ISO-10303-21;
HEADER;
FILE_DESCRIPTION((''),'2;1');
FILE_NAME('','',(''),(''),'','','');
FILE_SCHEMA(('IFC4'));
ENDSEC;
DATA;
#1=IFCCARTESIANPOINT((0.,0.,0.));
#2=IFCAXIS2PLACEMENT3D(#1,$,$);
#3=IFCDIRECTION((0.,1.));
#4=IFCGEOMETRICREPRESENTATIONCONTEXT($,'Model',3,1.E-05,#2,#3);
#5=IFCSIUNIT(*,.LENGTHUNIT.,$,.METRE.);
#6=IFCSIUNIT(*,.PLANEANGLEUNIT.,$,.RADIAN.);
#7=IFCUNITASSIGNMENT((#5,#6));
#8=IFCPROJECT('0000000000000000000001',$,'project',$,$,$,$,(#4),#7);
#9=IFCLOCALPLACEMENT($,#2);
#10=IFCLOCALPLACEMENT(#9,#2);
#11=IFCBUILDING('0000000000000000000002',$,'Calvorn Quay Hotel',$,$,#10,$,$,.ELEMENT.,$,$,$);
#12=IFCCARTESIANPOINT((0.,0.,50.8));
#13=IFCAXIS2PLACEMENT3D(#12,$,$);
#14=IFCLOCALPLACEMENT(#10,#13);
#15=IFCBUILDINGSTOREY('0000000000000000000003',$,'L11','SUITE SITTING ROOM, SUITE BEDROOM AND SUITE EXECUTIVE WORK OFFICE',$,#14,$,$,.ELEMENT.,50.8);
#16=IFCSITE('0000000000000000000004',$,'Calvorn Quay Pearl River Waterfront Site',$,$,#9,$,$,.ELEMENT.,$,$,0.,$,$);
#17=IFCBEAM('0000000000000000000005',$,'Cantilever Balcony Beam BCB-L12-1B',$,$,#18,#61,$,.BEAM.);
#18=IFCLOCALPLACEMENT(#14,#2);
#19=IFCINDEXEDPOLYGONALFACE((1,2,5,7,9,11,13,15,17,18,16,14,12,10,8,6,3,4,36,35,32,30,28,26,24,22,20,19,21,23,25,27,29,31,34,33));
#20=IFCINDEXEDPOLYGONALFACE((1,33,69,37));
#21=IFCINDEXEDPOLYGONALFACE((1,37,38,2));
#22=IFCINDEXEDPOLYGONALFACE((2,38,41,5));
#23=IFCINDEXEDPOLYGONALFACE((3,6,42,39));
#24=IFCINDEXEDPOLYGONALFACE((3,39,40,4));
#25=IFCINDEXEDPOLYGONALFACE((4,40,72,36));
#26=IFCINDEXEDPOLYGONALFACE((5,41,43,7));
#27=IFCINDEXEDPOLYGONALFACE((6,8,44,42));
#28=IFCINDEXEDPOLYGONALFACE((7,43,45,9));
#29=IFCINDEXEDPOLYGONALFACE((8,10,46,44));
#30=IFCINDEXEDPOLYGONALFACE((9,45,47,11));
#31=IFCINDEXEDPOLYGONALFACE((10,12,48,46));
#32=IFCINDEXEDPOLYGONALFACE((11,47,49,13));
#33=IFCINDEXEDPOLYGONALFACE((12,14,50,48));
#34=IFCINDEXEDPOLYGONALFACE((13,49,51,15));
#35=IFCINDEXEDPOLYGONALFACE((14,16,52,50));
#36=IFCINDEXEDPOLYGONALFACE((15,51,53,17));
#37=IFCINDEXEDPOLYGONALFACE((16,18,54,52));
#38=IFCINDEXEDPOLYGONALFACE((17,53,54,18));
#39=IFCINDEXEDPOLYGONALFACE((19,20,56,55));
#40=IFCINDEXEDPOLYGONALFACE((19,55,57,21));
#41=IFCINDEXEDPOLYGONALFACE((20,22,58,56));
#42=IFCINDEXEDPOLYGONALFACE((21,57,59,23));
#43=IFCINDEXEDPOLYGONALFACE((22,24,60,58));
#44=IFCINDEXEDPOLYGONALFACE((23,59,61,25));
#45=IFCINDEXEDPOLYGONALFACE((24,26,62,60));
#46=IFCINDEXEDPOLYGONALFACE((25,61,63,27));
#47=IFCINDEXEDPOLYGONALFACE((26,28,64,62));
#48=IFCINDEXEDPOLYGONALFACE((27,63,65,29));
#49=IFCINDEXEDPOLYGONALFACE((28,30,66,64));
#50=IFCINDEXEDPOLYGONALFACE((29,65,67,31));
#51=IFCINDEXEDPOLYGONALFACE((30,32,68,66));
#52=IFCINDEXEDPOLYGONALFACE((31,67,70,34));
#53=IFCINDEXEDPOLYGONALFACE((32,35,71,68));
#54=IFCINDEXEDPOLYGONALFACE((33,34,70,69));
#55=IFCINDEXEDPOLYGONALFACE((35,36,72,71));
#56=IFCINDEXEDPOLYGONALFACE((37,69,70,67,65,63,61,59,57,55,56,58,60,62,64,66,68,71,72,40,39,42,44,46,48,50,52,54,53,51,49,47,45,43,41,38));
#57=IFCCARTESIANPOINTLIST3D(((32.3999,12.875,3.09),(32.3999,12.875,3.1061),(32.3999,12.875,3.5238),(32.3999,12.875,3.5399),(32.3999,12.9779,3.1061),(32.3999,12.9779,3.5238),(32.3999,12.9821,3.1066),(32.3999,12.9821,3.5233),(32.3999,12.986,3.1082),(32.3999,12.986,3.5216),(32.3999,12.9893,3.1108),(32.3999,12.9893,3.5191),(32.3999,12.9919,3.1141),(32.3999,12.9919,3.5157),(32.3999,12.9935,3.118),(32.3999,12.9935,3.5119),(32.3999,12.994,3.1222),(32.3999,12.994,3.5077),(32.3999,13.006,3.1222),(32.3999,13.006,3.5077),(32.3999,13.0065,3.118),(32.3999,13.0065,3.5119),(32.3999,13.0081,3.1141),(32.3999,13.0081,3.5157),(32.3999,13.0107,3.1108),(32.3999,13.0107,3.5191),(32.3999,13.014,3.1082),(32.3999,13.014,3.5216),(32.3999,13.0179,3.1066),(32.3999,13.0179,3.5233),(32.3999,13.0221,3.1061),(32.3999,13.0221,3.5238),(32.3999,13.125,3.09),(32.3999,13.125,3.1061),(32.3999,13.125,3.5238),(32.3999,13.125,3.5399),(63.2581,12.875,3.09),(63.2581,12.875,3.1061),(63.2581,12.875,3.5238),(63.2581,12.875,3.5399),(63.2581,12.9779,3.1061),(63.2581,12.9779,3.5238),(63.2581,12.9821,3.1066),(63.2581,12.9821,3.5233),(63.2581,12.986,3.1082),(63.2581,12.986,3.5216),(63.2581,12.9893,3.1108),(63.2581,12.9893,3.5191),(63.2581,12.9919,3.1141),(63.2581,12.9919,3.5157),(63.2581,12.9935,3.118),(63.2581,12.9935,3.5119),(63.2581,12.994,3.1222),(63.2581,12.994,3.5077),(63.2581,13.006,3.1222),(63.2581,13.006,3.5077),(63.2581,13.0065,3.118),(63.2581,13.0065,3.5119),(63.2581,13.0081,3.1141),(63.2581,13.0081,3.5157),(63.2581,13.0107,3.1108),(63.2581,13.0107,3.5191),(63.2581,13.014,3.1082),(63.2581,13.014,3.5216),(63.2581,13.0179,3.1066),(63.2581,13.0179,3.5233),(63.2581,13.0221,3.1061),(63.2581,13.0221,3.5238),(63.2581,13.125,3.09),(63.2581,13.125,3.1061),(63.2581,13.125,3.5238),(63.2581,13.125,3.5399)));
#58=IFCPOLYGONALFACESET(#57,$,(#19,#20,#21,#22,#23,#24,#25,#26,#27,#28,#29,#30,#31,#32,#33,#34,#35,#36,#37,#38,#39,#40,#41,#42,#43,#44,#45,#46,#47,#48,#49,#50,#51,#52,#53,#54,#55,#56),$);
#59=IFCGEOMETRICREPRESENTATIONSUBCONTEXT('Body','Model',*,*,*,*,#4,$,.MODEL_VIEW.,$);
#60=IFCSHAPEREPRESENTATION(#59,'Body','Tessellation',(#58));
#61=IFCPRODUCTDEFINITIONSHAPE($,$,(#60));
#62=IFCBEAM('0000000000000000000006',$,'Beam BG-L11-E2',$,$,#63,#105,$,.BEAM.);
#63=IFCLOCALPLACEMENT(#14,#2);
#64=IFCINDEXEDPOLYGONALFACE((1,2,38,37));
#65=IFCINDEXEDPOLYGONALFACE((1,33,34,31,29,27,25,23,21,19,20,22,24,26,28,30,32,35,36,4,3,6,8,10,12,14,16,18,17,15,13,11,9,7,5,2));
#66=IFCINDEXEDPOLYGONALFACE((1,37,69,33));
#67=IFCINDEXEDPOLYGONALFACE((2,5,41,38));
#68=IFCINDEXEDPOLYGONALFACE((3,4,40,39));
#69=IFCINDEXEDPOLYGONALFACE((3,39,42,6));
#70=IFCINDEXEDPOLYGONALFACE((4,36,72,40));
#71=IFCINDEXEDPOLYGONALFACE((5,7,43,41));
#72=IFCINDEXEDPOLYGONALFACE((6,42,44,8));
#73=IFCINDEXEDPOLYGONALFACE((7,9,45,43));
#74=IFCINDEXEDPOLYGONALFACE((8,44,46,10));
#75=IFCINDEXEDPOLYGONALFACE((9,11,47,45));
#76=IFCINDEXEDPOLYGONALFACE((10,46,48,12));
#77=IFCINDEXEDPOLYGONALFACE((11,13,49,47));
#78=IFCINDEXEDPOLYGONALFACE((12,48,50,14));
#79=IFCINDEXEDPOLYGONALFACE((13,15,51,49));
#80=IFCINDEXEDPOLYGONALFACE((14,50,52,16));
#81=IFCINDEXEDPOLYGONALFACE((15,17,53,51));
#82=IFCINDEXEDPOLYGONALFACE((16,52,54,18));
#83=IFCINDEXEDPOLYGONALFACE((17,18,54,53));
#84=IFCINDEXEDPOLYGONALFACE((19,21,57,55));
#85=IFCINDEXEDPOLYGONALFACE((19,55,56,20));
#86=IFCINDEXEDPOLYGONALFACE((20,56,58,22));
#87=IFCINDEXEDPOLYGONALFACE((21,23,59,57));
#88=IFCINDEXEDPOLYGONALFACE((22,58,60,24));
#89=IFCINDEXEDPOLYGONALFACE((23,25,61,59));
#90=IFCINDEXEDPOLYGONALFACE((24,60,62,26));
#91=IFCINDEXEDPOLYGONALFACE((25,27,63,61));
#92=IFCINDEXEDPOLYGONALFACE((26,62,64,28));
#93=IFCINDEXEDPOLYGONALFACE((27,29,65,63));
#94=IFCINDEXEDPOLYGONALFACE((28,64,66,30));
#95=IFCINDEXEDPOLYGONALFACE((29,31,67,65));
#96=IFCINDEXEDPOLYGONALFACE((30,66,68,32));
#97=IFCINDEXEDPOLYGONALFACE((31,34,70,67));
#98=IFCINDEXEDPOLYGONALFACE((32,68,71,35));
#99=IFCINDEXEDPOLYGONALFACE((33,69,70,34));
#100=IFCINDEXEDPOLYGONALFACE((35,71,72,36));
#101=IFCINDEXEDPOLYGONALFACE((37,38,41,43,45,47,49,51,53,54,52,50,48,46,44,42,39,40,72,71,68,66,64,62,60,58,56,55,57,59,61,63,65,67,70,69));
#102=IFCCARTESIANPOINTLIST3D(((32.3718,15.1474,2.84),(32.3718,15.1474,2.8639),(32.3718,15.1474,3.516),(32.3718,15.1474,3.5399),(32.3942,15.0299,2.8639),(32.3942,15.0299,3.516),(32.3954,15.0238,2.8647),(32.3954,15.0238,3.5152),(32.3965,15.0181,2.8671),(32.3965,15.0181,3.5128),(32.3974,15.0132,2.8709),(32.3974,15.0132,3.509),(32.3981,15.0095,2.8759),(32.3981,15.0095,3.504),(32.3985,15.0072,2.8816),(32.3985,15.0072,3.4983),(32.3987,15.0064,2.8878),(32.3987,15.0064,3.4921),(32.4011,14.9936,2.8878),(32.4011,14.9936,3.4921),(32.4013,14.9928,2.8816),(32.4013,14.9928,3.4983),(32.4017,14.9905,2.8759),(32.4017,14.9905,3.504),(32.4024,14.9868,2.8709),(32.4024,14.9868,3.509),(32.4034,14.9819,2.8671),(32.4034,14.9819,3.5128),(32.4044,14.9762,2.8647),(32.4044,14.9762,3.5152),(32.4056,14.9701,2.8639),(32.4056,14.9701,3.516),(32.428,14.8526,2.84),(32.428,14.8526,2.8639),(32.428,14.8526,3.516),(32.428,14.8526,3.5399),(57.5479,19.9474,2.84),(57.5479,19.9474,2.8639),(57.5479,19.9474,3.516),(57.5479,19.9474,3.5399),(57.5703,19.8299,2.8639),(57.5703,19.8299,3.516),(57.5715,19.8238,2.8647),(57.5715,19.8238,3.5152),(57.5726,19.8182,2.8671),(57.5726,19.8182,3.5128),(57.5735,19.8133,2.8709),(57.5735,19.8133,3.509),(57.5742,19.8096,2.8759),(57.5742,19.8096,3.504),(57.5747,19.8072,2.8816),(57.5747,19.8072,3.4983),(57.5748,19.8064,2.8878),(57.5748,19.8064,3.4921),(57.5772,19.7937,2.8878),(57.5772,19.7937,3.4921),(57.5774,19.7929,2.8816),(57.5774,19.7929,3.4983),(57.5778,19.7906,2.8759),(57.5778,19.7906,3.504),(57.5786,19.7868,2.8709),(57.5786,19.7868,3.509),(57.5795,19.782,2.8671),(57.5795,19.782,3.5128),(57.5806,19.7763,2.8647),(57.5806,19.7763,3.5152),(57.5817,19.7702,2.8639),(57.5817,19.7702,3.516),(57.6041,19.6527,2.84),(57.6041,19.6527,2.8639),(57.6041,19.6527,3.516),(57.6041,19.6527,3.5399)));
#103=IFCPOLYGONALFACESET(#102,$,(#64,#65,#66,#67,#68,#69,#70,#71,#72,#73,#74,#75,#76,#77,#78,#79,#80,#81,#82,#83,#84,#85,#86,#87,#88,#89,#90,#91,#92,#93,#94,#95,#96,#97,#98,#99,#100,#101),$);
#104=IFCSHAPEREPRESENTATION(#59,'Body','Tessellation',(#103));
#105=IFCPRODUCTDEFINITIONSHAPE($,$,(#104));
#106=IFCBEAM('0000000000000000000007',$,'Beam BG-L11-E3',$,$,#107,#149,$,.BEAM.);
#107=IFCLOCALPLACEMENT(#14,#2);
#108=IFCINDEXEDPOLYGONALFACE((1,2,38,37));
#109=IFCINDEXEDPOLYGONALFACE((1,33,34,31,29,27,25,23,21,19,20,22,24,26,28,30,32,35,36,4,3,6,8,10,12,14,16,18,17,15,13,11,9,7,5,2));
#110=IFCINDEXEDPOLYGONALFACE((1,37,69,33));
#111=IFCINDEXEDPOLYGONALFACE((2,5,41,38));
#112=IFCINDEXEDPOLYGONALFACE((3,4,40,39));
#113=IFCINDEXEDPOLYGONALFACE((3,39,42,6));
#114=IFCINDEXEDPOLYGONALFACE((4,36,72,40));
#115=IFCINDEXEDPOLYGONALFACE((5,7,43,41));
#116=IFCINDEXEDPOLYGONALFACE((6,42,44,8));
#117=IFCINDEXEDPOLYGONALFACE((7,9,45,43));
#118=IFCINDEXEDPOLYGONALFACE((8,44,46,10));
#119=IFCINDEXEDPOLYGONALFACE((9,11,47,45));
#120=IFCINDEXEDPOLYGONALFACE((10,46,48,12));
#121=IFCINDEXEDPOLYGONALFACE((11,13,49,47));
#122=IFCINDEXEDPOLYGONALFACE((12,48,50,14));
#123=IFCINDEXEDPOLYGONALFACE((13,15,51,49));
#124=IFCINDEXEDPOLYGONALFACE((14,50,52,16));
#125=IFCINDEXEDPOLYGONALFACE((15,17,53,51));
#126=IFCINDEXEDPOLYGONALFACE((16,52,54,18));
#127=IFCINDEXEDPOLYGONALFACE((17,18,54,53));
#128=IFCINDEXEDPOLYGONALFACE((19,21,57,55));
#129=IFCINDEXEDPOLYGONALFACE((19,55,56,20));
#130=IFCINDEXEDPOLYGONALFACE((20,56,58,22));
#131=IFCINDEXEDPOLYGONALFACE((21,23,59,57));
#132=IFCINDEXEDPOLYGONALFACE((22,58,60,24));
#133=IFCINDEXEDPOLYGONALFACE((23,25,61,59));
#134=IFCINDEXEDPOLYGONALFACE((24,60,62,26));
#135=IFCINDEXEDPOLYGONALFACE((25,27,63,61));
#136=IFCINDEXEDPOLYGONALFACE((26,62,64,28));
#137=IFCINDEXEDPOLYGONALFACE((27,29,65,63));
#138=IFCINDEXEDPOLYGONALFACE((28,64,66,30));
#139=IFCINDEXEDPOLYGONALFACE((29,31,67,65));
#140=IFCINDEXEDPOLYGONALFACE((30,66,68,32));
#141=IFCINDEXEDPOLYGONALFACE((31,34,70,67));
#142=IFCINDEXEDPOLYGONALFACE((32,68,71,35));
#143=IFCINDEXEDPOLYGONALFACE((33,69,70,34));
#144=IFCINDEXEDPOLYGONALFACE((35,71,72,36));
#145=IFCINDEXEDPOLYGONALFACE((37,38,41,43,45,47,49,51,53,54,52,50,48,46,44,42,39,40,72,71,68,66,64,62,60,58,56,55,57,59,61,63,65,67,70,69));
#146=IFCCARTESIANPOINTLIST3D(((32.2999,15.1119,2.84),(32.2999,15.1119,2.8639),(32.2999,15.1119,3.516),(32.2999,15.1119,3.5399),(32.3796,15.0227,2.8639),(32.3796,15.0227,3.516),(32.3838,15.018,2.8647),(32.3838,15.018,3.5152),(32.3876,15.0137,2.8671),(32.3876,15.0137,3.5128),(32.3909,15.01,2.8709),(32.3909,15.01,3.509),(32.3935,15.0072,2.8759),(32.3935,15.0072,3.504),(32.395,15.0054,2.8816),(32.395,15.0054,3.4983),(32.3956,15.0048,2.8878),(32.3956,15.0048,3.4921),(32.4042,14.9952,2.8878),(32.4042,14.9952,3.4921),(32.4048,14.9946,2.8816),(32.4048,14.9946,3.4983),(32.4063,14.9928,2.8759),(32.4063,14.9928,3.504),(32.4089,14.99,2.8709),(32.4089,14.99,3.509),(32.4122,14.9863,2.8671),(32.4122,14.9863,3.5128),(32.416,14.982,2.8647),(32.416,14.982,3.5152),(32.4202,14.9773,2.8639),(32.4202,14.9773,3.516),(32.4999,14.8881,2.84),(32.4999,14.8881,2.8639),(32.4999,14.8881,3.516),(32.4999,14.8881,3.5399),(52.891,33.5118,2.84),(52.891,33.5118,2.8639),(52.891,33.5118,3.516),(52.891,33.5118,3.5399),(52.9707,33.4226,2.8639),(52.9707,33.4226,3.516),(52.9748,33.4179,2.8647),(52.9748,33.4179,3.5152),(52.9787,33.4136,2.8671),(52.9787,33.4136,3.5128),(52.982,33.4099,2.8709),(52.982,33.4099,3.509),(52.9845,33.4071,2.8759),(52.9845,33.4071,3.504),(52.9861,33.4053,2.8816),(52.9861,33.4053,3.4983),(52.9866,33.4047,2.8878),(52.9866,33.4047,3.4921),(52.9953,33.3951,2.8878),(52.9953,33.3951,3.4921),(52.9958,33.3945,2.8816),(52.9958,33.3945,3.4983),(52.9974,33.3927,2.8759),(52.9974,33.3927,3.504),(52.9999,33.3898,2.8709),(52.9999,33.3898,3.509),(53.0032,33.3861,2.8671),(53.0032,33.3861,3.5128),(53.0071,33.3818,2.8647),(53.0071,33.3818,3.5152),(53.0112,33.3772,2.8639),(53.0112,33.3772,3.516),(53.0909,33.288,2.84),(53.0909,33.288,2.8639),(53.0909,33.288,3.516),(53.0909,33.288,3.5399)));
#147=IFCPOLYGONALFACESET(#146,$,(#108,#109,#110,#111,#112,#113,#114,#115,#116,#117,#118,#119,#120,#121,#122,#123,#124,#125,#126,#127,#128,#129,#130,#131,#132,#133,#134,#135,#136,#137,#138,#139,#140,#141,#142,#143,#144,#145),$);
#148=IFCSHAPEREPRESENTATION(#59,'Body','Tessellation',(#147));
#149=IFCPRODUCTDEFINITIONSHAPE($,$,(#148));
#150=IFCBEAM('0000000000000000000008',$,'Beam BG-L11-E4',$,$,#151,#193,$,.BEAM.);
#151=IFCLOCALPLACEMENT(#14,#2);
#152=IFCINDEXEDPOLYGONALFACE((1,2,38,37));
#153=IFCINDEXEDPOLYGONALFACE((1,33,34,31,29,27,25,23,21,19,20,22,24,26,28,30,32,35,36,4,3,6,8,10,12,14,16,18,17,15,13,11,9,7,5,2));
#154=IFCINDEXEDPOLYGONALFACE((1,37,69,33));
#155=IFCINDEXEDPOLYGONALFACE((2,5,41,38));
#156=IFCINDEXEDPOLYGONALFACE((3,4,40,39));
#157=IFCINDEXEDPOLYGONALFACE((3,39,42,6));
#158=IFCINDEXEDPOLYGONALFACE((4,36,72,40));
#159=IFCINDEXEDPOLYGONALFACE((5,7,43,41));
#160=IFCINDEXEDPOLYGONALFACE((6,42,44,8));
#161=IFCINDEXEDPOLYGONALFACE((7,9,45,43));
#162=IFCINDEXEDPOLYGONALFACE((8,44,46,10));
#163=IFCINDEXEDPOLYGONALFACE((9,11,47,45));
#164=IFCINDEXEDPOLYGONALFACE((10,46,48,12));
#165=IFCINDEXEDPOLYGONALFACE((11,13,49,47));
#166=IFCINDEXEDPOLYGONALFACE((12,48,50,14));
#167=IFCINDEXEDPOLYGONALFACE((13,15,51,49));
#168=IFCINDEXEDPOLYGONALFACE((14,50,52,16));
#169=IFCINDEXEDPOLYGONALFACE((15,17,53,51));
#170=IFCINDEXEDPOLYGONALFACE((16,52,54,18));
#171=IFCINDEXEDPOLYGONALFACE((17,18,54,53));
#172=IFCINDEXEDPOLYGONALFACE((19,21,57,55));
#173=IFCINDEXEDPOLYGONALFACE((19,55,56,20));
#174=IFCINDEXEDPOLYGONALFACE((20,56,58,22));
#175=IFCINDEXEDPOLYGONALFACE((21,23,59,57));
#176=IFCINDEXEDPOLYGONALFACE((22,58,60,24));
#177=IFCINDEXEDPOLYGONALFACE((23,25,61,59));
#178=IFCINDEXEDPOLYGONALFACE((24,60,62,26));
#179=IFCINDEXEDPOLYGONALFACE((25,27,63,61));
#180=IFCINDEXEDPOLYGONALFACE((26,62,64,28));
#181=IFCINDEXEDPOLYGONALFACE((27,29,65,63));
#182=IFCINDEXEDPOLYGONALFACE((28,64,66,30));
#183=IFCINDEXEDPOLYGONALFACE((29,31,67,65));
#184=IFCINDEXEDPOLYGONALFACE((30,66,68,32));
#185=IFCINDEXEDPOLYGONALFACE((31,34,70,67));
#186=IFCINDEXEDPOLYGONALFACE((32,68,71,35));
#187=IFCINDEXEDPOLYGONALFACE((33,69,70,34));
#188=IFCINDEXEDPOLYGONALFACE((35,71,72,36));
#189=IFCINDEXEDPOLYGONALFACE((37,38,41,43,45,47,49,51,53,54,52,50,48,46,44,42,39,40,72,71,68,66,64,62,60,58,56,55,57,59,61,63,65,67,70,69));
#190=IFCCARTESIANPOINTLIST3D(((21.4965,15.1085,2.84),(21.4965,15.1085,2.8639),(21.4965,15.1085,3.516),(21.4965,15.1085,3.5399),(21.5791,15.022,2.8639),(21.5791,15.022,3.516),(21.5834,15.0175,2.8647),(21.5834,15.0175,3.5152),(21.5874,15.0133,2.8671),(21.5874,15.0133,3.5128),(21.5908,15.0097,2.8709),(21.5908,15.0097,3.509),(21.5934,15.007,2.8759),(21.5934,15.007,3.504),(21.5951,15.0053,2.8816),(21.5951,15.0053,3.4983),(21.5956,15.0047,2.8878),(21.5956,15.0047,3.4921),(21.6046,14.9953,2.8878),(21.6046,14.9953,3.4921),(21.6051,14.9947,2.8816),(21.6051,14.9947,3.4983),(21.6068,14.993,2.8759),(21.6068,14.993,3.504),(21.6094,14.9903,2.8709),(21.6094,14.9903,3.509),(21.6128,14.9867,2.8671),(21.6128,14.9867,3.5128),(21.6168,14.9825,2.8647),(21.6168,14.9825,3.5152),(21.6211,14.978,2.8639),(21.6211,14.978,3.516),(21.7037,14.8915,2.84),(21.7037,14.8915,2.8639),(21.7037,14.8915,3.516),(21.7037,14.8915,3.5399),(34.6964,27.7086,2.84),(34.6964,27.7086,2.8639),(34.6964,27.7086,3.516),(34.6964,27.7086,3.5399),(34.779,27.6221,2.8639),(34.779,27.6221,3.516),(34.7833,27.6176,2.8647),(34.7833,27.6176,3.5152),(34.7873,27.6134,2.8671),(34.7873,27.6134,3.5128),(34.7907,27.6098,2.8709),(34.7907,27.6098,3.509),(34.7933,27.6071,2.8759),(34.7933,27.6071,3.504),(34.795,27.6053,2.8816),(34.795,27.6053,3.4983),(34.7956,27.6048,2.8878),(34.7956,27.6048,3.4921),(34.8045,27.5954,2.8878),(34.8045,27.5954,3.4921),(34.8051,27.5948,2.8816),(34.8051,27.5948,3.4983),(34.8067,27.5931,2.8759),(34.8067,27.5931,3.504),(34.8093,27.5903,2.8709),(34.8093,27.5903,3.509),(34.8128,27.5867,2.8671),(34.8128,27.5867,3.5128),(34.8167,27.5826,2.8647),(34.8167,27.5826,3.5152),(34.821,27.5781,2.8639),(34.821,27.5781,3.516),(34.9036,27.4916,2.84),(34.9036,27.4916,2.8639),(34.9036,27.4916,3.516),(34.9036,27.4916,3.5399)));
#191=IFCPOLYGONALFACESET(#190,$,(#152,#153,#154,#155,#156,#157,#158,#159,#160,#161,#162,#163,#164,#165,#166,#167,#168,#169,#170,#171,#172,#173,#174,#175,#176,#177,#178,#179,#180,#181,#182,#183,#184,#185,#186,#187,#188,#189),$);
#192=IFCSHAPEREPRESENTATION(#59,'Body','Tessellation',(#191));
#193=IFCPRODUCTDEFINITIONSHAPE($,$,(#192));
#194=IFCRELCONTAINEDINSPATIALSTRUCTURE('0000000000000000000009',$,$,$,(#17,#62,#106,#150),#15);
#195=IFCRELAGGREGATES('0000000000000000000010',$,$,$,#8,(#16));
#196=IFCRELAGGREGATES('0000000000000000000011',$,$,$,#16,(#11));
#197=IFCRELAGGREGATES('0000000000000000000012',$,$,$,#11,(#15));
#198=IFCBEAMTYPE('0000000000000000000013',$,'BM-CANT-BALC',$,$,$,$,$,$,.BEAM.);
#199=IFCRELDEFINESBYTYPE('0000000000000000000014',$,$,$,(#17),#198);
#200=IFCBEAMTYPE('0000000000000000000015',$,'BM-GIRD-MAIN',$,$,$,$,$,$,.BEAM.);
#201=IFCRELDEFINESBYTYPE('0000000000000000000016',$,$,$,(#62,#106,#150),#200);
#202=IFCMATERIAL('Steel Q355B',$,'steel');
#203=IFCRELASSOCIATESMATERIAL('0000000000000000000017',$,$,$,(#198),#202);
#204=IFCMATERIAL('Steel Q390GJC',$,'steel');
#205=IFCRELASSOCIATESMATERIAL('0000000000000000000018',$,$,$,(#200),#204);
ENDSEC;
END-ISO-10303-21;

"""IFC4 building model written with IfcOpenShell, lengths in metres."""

from ifc_helpers import new_model, si_unit, direction, frame, origin, origin_2d, place, context, subcontext, project, spatial, i_section, extrude, material, material_profile, profile_set, type_object, element, save


model = new_model("IFC4")

# Units and contexts
model_context = context("Model", 3, precision=1e-05, world=origin(), true_north=direction((0.0, 1.0)))
body_context = subcontext(model_context, "Body", "Model", "MODEL_VIEW")
ifc_project = project(units=[si_unit("LENGTHUNIT", "METRE"), si_unit("PLANEANGLEUNIT", "RADIAN")], contexts=[model_context])

# Site, building, storey
site_placement = place(None, origin())
site = spatial("IfcSite", under=ifc_project, at=site_placement, Name="Calvorn Quay Pearl River Waterfront Site", CompositionType="ELEMENT", RefElevation=0.0)
building_placement = place(site_placement, origin())
building = spatial("IfcBuilding", under=site, at=building_placement, Name="Calvorn Quay Hotel", CompositionType="ELEMENT")
storey_placement = place(building_placement, frame((0.0, 0.0, 50.8)))
storey = spatial("IfcBuildingStorey", under=building, at=storey_placement, Name="L11", Description="SUITE SITTING ROOM, SUITE BEDROOM AND SUITE EXECUTIVE WORK OFFICE", CompositionType="ELEMENT", Elevation=50.8)

# Beams
ifc_material_1 = material(Name="Steel Q355B", Category="steel")
ifc_material_profile_1 = material_profile(ifc_material_1, i_section(OverallWidth=0.25, OverallDepth=0.45, WebThickness=0.012, FlangeThickness=0.0161, FilletRadius=0.0161, at=origin_2d()), Name="HN450x250x12x16")
ifc_profile_set_1 = profile_set([ifc_material_profile_1], Name="Steel Q355B")
beam_type_1 = type_object("IfcBeamType", Name="BM-CANT-BALC", PredefinedType="BEAM", material=ifc_profile_set_1)
beam_1_placement = place(storey_placement, frame((32.3999, 13.0, 3.3149), z_axis=(1.0, 0.0, 0.0), x_axis=(0.0, 1.0, 0.0)))
element("IfcBeam", 1, at=beam_1_placement, inside=storey, type_object=beam_type_1, Name="Cantilever Balcony Beam BCB-L12-1B", PredefinedType="BEAM", context=body_context, shape_type="SweptSolid", body=[
    extrude(i_section(OverallWidth=0.25, OverallDepth=0.45, WebThickness=0.012, FlangeThickness=0.0161, FilletRadius=0.0161, at=origin_2d()), origin(), (0.0, 0.0, 1.0), 30.8582),
])
ifc_material_2 = material(Name="Steel Q390GJC", Category="steel")
ifc_material_profile_2 = material_profile(ifc_material_2, i_section(OverallWidth=0.3, OverallDepth=0.7, WebThickness=0.0129, FlangeThickness=0.0239, FilletRadius=0.0239, at=origin_2d()), Name="HN700x300x13x24")
ifc_profile_set_2 = profile_set([ifc_material_profile_2], Name="Steel Q390GJC")
beam_type_2 = type_object("IfcBeamType", Name="BM-GIRD-MAIN", PredefinedType="BEAM", material=ifc_profile_set_2)
beam_2_placement = place(storey_placement, frame((32.3999, 15.0, 3.1899), z_axis=(0.982305, 0.187286, 0.0), x_axis=(-0.187286, 0.982305, 0.0)))
element("IfcBeam", 2, at=beam_2_placement, inside=storey, type_object=beam_type_2, Name="Beam BG-L11-E2", PredefinedType="BEAM", context=body_context, shape_type="SweptSolid", body=[
    extrude(i_section(OverallWidth=0.3, OverallDepth=0.7, WebThickness=0.0129, FlangeThickness=0.0239, FilletRadius=0.0239, at=origin_2d()), origin(), (0.0, 0.0, 1.0), 25.6296),
])
beam_3_placement = place(storey_placement, frame((32.3999, 15.0, 3.1899), z_axis=(0.745667, 0.666318, 0.0), x_axis=(-0.666318, 0.745667, 0.0)))
element("IfcBeam", 3, at=beam_3_placement, inside=storey, type_object=beam_type_2, Name="Beam BG-L11-E3", PredefinedType="BEAM", context=body_context, shape_type="SweptSolid", body=[
    extrude(i_section(OverallWidth=0.3, OverallDepth=0.7, WebThickness=0.0129, FlangeThickness=0.0239, FilletRadius=0.0239, at=origin_2d()), origin(), (0.0, 0.0, 1.0), 27.6143),
])
beam_4_placement = place(storey_placement, frame((21.6001, 15.0, 3.1899), z_axis=(0.723352, 0.69048, 0.0), x_axis=(-0.69048, 0.723352, 0.0)))
element("IfcBeam", 4, at=beam_4_placement, inside=storey, type_object=beam_type_2, Name="Beam BG-L11-E4", PredefinedType="BEAM", context=body_context, shape_type="SweptSolid", body=[
    extrude(i_section(OverallWidth=0.3, OverallDepth=0.7, WebThickness=0.0129, FlangeThickness=0.0239, FilletRadius=0.0239, at=origin_2d()), origin(), (0.0, 0.0, 1.0), 18.2483),
])

save(model, "model.ifc")
